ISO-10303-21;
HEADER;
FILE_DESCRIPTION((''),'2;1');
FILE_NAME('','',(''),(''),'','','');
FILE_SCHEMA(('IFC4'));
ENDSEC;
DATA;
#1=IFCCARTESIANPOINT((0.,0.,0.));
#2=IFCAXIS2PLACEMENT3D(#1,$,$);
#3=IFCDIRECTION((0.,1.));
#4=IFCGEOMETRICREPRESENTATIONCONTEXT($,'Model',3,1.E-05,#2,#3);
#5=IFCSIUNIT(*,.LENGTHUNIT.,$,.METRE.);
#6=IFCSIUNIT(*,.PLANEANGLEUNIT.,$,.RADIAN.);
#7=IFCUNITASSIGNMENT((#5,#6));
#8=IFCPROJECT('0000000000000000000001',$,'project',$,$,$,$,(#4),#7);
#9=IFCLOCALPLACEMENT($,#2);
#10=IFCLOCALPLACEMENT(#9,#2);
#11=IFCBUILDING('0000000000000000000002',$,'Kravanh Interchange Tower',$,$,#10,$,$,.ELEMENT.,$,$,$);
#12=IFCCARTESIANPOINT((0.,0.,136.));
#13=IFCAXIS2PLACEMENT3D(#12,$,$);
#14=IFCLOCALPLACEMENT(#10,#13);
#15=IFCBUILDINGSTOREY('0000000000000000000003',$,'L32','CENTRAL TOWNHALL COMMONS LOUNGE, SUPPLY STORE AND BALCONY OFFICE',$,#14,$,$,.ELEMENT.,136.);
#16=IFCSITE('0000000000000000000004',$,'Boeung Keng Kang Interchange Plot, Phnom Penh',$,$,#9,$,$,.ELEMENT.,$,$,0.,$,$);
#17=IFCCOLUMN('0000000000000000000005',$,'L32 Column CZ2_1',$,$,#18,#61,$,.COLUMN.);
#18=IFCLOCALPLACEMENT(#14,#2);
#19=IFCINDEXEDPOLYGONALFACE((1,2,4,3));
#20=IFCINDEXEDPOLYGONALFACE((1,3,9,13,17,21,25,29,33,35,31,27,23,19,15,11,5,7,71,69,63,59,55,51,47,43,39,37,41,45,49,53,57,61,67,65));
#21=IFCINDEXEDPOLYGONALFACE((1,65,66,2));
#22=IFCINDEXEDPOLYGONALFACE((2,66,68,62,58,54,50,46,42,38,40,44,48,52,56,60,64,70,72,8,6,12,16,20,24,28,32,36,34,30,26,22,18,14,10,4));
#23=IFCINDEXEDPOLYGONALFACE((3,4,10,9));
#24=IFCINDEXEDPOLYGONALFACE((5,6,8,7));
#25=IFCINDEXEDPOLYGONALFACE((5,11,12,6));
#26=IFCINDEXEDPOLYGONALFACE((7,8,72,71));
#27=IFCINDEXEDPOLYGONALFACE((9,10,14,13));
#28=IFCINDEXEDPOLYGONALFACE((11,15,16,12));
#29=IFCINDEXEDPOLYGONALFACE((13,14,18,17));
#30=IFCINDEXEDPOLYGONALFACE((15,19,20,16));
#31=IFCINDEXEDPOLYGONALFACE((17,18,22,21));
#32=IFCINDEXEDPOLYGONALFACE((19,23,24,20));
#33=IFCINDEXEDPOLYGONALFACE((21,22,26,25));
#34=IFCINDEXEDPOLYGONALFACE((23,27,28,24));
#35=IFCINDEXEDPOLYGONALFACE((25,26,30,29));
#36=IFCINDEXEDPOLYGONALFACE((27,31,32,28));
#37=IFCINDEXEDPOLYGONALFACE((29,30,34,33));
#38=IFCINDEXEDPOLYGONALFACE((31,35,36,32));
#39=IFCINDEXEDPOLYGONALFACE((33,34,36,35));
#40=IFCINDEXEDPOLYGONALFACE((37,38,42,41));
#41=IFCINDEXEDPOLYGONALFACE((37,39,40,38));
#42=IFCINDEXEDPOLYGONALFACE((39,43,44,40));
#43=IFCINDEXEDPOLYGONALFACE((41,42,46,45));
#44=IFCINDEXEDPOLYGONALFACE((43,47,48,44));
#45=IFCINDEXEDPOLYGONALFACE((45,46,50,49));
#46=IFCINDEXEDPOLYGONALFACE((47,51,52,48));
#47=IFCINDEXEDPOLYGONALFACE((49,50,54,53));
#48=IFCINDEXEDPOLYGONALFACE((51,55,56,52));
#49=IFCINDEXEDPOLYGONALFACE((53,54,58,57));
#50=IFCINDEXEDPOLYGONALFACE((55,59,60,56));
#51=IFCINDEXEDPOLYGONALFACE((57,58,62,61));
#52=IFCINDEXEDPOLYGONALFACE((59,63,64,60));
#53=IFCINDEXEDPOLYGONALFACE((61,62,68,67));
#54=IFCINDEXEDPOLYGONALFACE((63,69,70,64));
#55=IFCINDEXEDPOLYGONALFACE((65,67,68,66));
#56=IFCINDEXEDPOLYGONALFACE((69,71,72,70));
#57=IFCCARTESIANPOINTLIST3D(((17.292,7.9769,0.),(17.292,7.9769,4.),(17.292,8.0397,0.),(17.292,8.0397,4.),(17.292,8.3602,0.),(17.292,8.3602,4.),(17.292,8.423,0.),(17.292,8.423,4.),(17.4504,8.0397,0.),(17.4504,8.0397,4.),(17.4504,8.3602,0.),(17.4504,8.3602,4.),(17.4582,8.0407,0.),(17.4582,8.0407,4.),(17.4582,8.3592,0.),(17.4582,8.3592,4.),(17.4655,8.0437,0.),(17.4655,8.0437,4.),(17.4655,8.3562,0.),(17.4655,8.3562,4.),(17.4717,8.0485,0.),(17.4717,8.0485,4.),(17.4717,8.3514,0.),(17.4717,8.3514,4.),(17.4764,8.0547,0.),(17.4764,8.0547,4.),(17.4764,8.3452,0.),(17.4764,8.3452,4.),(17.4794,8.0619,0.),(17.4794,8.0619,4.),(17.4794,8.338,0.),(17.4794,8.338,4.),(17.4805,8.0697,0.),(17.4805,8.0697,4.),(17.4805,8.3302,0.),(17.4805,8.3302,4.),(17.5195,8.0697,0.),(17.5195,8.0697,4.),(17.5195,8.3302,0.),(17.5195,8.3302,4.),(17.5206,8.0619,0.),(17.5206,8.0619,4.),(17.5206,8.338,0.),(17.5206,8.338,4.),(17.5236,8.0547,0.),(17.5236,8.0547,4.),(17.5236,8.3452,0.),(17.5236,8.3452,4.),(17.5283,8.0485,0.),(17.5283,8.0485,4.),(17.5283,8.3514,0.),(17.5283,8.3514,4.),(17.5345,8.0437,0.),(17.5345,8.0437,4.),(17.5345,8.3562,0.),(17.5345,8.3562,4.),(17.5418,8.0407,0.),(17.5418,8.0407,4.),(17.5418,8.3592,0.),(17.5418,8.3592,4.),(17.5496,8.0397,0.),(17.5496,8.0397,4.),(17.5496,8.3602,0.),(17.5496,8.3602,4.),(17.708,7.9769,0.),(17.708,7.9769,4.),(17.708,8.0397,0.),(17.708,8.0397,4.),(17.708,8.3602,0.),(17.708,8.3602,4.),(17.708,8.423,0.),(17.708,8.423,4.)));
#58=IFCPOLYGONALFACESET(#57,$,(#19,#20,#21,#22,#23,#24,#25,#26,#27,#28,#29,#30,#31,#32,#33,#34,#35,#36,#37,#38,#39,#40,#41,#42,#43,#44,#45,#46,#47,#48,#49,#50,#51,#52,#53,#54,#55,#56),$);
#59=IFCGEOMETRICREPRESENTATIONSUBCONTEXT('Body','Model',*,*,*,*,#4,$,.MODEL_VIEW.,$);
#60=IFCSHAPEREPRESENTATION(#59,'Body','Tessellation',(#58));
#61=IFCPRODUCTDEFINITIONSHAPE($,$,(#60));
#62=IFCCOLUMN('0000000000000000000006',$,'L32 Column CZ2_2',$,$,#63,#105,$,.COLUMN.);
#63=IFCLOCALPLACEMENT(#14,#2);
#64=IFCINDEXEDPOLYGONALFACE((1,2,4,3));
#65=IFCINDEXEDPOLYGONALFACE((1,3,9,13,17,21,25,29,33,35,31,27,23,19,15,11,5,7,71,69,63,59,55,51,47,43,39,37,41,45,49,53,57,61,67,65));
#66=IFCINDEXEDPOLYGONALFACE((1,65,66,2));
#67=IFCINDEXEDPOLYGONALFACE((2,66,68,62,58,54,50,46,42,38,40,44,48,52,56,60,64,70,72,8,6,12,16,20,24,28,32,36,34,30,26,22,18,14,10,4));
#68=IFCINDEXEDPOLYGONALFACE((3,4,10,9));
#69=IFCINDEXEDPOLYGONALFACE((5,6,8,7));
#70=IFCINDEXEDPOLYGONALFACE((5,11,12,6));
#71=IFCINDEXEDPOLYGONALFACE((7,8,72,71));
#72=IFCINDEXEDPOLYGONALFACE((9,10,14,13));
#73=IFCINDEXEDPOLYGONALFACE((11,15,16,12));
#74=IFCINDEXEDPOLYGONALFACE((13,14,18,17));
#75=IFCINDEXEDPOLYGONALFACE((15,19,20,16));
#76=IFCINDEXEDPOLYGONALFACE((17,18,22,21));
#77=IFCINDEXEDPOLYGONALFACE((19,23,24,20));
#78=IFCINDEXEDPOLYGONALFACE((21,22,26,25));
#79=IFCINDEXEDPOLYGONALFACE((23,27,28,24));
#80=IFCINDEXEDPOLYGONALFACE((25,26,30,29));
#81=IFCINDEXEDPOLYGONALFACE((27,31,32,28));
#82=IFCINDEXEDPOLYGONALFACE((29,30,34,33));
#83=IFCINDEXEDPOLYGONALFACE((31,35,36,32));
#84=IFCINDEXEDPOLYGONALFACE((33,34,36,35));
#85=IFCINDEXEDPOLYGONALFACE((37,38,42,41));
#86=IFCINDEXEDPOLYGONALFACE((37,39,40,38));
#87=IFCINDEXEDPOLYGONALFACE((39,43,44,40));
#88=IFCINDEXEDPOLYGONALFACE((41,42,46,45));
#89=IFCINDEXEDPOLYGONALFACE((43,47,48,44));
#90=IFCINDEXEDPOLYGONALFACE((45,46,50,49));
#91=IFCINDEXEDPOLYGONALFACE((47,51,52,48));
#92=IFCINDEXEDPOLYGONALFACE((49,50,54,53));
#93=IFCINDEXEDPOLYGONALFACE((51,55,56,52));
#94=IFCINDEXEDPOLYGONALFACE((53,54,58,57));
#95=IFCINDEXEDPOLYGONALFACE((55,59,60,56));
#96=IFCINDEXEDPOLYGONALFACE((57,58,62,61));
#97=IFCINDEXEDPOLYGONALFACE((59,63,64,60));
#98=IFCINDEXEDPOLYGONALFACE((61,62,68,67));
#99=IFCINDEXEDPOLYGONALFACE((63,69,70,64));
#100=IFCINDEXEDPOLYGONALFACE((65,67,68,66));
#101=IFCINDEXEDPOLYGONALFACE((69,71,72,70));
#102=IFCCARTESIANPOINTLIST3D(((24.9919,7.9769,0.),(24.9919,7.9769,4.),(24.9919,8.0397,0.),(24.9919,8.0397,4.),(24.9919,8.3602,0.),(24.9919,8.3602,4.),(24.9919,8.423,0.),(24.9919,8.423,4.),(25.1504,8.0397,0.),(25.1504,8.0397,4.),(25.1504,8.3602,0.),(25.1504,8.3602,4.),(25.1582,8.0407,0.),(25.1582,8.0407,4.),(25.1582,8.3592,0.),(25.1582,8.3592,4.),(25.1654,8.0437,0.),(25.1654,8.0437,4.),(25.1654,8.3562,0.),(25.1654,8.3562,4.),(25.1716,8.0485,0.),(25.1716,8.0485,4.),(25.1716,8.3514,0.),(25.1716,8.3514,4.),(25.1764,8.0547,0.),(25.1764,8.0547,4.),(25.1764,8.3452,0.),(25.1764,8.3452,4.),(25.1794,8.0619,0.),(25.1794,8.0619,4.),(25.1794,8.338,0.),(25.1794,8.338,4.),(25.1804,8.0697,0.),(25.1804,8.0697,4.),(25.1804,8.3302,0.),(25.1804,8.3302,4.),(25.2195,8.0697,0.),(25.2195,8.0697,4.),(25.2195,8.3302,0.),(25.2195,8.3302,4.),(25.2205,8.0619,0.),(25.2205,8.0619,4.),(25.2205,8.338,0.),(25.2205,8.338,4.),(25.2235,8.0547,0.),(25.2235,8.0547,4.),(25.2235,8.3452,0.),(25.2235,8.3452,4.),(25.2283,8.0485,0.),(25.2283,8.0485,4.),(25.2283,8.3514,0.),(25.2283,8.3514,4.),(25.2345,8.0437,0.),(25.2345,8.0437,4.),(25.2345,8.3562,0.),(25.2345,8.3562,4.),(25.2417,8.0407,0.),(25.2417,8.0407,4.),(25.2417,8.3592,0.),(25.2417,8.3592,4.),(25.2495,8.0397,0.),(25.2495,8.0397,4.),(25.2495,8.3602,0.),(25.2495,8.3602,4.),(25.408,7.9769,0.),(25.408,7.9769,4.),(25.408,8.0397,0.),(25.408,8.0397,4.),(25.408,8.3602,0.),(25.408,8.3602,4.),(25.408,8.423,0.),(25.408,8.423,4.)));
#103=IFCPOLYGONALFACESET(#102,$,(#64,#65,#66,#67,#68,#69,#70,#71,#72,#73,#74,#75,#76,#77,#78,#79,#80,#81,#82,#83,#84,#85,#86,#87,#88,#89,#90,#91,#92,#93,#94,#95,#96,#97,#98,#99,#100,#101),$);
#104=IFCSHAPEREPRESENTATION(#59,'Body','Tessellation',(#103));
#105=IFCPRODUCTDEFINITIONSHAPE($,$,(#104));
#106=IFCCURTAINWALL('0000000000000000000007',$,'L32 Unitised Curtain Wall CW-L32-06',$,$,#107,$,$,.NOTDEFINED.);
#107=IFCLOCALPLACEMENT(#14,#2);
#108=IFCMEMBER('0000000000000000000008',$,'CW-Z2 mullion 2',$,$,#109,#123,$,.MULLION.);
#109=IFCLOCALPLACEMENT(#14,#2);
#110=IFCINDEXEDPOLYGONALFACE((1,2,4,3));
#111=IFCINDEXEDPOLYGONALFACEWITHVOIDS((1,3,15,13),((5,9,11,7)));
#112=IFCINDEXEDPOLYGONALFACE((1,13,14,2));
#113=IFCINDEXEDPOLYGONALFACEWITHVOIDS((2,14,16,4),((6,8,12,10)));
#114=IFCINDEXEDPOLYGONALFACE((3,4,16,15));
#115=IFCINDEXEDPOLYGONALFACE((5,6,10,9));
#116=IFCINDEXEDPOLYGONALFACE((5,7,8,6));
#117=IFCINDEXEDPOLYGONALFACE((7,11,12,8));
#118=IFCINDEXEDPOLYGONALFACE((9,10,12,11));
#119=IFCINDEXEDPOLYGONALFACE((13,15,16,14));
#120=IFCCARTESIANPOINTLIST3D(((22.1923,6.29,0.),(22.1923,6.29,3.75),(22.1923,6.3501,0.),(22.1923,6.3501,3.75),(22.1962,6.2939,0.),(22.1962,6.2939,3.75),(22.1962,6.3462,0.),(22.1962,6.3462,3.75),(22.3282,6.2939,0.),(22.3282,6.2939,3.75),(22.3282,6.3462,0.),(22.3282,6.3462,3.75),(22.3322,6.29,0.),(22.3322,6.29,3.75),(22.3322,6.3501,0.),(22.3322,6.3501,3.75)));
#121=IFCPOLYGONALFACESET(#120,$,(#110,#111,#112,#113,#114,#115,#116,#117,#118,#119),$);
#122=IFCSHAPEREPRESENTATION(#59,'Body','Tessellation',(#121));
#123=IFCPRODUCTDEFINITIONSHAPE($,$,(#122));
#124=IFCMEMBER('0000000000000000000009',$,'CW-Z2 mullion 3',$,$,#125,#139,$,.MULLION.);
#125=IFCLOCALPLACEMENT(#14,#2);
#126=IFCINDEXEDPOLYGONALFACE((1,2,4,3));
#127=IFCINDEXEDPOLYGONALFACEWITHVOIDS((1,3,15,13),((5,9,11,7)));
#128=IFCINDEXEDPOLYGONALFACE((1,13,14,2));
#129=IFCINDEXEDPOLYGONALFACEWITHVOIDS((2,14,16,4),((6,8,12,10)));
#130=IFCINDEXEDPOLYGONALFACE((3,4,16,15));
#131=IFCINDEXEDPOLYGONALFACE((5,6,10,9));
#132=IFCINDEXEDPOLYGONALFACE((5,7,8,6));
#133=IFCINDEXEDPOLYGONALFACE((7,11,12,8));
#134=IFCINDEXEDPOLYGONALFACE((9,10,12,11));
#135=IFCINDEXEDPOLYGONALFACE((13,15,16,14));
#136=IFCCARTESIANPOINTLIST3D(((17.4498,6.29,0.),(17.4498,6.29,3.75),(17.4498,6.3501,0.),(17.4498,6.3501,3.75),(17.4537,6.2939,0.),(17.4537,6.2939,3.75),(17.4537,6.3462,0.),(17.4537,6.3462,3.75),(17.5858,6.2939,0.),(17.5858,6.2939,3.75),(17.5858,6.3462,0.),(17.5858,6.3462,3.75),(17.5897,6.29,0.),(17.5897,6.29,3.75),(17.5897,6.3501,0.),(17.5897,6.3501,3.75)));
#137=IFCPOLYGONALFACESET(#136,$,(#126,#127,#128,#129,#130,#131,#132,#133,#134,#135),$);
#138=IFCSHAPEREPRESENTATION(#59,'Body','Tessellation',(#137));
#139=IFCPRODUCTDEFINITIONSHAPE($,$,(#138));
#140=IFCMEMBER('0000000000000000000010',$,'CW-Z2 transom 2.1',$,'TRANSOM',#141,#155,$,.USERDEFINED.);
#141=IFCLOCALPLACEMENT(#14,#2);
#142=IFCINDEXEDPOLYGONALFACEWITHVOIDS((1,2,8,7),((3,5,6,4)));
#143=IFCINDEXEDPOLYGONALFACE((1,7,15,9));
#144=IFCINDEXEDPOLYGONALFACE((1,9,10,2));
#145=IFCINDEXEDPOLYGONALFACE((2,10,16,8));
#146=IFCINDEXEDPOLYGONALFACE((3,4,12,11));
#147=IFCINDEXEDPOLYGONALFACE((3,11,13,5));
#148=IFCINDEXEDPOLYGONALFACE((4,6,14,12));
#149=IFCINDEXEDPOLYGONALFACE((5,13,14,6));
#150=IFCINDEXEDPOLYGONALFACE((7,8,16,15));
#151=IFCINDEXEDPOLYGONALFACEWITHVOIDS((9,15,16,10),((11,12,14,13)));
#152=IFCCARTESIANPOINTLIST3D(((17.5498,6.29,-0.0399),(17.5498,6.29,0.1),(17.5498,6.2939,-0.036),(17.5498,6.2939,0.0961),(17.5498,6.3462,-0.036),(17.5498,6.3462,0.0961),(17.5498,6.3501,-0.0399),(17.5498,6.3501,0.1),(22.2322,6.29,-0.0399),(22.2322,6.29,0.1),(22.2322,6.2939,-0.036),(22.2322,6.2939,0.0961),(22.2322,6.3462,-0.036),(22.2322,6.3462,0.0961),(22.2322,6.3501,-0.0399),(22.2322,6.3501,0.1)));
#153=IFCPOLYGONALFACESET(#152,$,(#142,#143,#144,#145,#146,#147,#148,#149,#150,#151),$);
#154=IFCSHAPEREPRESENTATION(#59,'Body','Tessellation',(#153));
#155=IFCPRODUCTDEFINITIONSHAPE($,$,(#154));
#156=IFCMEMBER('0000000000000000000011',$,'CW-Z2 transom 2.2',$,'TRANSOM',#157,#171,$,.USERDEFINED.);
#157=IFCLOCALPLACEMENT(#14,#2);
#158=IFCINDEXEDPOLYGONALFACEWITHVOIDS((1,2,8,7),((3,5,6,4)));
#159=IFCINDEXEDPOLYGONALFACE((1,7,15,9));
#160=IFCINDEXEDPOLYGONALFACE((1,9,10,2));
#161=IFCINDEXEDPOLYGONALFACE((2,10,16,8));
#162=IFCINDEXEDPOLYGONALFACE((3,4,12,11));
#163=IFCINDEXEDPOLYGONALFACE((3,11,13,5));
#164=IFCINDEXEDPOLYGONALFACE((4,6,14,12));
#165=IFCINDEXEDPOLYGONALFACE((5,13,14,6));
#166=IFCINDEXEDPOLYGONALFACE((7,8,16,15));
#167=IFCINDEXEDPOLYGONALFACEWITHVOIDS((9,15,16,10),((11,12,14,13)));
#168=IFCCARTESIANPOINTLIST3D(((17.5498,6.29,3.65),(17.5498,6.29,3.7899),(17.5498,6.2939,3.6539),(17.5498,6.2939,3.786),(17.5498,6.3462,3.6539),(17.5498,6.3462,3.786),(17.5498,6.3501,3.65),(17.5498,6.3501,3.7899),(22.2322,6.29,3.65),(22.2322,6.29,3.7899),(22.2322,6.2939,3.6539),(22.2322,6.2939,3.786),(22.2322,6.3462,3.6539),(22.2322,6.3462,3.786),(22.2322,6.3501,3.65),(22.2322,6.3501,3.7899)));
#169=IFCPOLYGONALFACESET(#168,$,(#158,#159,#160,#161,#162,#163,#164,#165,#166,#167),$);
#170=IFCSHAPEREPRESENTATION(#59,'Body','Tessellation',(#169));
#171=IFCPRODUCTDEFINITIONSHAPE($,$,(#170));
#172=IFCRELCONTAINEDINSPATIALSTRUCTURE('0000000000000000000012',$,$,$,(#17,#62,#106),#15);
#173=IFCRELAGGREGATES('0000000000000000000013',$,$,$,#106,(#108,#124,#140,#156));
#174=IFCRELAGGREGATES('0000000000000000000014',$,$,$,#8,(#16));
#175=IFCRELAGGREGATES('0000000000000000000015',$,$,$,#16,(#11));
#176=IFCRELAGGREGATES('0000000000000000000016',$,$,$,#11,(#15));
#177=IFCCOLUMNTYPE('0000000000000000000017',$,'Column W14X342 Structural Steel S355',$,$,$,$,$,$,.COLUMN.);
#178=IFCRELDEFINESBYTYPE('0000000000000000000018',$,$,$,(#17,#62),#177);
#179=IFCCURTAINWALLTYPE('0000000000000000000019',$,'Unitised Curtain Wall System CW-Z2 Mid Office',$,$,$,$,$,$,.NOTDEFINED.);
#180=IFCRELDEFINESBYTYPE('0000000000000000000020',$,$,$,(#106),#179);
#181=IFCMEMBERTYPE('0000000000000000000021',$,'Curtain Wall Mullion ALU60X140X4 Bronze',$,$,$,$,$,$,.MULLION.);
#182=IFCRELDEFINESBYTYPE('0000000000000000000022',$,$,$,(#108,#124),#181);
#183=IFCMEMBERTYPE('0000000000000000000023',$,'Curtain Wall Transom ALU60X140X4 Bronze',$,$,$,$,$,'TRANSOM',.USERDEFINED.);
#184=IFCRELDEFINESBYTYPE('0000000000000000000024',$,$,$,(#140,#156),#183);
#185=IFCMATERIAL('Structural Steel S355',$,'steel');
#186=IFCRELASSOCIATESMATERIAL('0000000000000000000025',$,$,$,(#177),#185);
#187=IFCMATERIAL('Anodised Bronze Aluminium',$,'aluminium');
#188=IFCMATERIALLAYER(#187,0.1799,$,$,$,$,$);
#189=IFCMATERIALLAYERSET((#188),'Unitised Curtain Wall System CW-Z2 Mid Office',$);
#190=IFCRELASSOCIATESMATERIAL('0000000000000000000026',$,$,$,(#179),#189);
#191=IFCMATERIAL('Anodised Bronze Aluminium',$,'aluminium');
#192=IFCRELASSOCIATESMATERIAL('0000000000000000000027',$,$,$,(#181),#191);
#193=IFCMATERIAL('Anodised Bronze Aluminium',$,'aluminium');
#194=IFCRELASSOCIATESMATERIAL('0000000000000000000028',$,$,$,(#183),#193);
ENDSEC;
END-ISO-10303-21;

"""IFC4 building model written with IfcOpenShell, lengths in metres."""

from ifc_helpers import new_model, si_unit, direction, frame, origin, origin_2d, place, context, subcontext, project, spatial, hollow_rectangle, i_section, extrude, material, layer, layer_set, material_profile, profile_set, type_object, element, aggregate, save


model = new_model("IFC4")

# Units and contexts
model_context = context("Model", 3, precision=1e-05, world=origin(), true_north=direction((0.0, 1.0)))
body_context = subcontext(model_context, "Body", "Model", "MODEL_VIEW")
ifc_project = project(units=[si_unit("LENGTHUNIT", "METRE"), si_unit("PLANEANGLEUNIT", "RADIAN")], contexts=[model_context])

# Site, building, storey
site_placement = place(None, origin())
site = spatial("IfcSite", under=ifc_project, at=site_placement, Name="Boeung Keng Kang Interchange Plot, Phnom Penh", CompositionType="ELEMENT", RefElevation=0.0)
building_placement = place(site_placement, origin())
building = spatial("IfcBuilding", under=site, at=building_placement, Name="Kravanh Interchange Tower", CompositionType="ELEMENT")
storey_placement = place(building_placement, frame((0.0, 0.0, 136.0)))
storey = spatial("IfcBuildingStorey", under=building, at=storey_placement, Name="L32", Description="CENTRAL TOWNHALL COMMONS LOUNGE, SUPPLY STORE AND BALCONY OFFICE", CompositionType="ELEMENT", Elevation=136.0)

# Columns
ifc_material_1 = material(Name="Structural Steel S355", Category="steel")
ifc_material_profile_1 = material_profile(ifc_material_1, i_section(OverallWidth=0.416, OverallDepth=0.446, WebThickness=0.0391, FlangeThickness=0.0627, FilletRadius=0.03, at=origin_2d()), Name="W14X342")
ifc_profile_set_1 = profile_set([ifc_material_profile_1], Name="Structural Steel S355")
column_type = type_object("IfcColumnType", Name="Column W14X342 Structural Steel S355", PredefinedType="COLUMN", material=ifc_profile_set_1)
for number, where, z_axis, x_axis, name in (
    (1, (17.5, 8.2, 0.0), (0.0, 0.0, 1.0), (1.0, 0.0, 0.0), "L32 Column CZ2_1"),
    (2, (25.2, 8.2, 0.0), (0.0, 0.0, 1.0), (1.0, 0.0, 0.0), "L32 Column CZ2_2"),
):
    element("IfcColumn", number, at=place(storey_placement, frame(where, z_axis=z_axis, x_axis=x_axis)), inside=storey, type_object=column_type, Name=name, PredefinedType="COLUMN", context=body_context, shape_type="SweptSolid", body=[
        extrude(i_section(OverallWidth=0.416, OverallDepth=0.446, WebThickness=0.0391, FlangeThickness=0.0627, FilletRadius=0.03, at=origin_2d()), origin(), (0.0, 0.0, 1.0), 4.0),
    ])

# Curtain wall, members
ifc_material_2 = material(Name="Anodised Bronze Aluminium", Category="aluminium")
ifc_layer_1 = layer(ifc_material_2, 0.1799)
ifc_layer_set_1 = layer_set([ifc_layer_1], Name="Unitised Curtain Wall System CW-Z2 Mid Office")
curtain_wall_type = type_object("IfcCurtainWallType", Name="Unitised Curtain Wall System CW-Z2 Mid Office", PredefinedType="NOTDEFINED", material=ifc_layer_set_1)
curtain_wall_placement = place(storey_placement, origin())
curtain_wall = element("IfcCurtainWall", 3, at=curtain_wall_placement, inside=storey, type_object=curtain_wall_type, Name="L32 Unitised Curtain Wall CW-L32-06", PredefinedType="NOTDEFINED")
ifc_material_3 = material(Name="Anodised Bronze Aluminium", Category="aluminium")
ifc_material_profile_2 = material_profile(ifc_material_3, hollow_rectangle(XDim=0.0601, YDim=0.1399, WallThickness=0.0039, at=origin_2d()), Name="ALU60X140X4")
ifc_profile_set_2 = profile_set([ifc_material_profile_2], Name="Anodised Bronze Aluminium")
member_type_1 = type_object("IfcMemberType", Name="Curtain Wall Mullion ALU60X140X4 Bronze", PredefinedType="MULLION", material=ifc_profile_set_2)
member_1_placement = place(storey_placement, frame((22.2622, 6.3201, 0.0), z_axis=(0.0, 0.0, 1.0), x_axis=(0.0, -1.0, 0.0)))
member_1 = element("IfcMember", 4, at=member_1_placement, type_object=member_type_1, Name="CW-Z2 mullion 2", PredefinedType="MULLION", context=body_context, shape_type="SweptSolid", body=[
    extrude(hollow_rectangle(XDim=0.0601, YDim=0.1399, WallThickness=0.0039, at=origin_2d()), origin(), (0.0, 0.0, 1.0), 3.75),
])
member_2_placement = place(storey_placement, frame((17.5198, 6.3201, 0.0), z_axis=(0.0, 0.0, 1.0), x_axis=(0.0, -1.0, 0.0)))
member_2 = element("IfcMember", 5, at=member_2_placement, type_object=member_type_1, Name="CW-Z2 mullion 3", PredefinedType="MULLION", context=body_context, shape_type="SweptSolid", body=[
    extrude(hollow_rectangle(XDim=0.0601, YDim=0.1399, WallThickness=0.0039, at=origin_2d()), origin(), (0.0, 0.0, 1.0), 3.75),
])
ifc_material_4 = material(Name="Anodised Bronze Aluminium", Category="aluminium")
ifc_material_profile_3 = material_profile(ifc_material_4, hollow_rectangle(XDim=0.0601, YDim=0.1399, WallThickness=0.0039, at=origin_2d()), Name="ALU60X140X4")
ifc_profile_set_3 = profile_set([ifc_material_profile_3], Name="Anodised Bronze Aluminium")
member_type_2 = type_object("IfcMemberType", Name="Curtain Wall Transom ALU60X140X4 Bronze", ElementType="TRANSOM", PredefinedType="USERDEFINED", material=ifc_profile_set_3)
member_3_placement = place(storey_placement, frame((22.2322, 6.3201, 0.03), z_axis=(-1.0, 0.0, 0.0), x_axis=(0.0, -1.0, 0.0)))
member_3 = element("IfcMember", 6, at=member_3_placement, type_object=member_type_2, Name="CW-Z2 transom 2.1", ObjectType="TRANSOM", PredefinedType="USERDEFINED", context=body_context, shape_type="SweptSolid", body=[
    extrude(hollow_rectangle(XDim=0.0601, YDim=0.1399, WallThickness=0.0039, at=origin_2d()), origin(), (0.0, 0.0, 1.0), 4.6824),
])
member_4_placement = place(storey_placement, frame((22.2322, 6.3201, 3.72), z_axis=(-1.0, 0.0, 0.0), x_axis=(0.0, -1.0, 0.0)))
member_4 = element("IfcMember", 7, at=member_4_placement, type_object=member_type_2, Name="CW-Z2 transom 2.2", ObjectType="TRANSOM", PredefinedType="USERDEFINED", context=body_context, shape_type="SweptSolid", body=[
    extrude(hollow_rectangle(XDim=0.0601, YDim=0.1399, WallThickness=0.0039, at=origin_2d()), origin(), (0.0, 0.0, 1.0), 4.6824),
])

aggregate(curtain_wall, [member_1, member_2, member_3, member_4])

save(model, "model.ifc")
